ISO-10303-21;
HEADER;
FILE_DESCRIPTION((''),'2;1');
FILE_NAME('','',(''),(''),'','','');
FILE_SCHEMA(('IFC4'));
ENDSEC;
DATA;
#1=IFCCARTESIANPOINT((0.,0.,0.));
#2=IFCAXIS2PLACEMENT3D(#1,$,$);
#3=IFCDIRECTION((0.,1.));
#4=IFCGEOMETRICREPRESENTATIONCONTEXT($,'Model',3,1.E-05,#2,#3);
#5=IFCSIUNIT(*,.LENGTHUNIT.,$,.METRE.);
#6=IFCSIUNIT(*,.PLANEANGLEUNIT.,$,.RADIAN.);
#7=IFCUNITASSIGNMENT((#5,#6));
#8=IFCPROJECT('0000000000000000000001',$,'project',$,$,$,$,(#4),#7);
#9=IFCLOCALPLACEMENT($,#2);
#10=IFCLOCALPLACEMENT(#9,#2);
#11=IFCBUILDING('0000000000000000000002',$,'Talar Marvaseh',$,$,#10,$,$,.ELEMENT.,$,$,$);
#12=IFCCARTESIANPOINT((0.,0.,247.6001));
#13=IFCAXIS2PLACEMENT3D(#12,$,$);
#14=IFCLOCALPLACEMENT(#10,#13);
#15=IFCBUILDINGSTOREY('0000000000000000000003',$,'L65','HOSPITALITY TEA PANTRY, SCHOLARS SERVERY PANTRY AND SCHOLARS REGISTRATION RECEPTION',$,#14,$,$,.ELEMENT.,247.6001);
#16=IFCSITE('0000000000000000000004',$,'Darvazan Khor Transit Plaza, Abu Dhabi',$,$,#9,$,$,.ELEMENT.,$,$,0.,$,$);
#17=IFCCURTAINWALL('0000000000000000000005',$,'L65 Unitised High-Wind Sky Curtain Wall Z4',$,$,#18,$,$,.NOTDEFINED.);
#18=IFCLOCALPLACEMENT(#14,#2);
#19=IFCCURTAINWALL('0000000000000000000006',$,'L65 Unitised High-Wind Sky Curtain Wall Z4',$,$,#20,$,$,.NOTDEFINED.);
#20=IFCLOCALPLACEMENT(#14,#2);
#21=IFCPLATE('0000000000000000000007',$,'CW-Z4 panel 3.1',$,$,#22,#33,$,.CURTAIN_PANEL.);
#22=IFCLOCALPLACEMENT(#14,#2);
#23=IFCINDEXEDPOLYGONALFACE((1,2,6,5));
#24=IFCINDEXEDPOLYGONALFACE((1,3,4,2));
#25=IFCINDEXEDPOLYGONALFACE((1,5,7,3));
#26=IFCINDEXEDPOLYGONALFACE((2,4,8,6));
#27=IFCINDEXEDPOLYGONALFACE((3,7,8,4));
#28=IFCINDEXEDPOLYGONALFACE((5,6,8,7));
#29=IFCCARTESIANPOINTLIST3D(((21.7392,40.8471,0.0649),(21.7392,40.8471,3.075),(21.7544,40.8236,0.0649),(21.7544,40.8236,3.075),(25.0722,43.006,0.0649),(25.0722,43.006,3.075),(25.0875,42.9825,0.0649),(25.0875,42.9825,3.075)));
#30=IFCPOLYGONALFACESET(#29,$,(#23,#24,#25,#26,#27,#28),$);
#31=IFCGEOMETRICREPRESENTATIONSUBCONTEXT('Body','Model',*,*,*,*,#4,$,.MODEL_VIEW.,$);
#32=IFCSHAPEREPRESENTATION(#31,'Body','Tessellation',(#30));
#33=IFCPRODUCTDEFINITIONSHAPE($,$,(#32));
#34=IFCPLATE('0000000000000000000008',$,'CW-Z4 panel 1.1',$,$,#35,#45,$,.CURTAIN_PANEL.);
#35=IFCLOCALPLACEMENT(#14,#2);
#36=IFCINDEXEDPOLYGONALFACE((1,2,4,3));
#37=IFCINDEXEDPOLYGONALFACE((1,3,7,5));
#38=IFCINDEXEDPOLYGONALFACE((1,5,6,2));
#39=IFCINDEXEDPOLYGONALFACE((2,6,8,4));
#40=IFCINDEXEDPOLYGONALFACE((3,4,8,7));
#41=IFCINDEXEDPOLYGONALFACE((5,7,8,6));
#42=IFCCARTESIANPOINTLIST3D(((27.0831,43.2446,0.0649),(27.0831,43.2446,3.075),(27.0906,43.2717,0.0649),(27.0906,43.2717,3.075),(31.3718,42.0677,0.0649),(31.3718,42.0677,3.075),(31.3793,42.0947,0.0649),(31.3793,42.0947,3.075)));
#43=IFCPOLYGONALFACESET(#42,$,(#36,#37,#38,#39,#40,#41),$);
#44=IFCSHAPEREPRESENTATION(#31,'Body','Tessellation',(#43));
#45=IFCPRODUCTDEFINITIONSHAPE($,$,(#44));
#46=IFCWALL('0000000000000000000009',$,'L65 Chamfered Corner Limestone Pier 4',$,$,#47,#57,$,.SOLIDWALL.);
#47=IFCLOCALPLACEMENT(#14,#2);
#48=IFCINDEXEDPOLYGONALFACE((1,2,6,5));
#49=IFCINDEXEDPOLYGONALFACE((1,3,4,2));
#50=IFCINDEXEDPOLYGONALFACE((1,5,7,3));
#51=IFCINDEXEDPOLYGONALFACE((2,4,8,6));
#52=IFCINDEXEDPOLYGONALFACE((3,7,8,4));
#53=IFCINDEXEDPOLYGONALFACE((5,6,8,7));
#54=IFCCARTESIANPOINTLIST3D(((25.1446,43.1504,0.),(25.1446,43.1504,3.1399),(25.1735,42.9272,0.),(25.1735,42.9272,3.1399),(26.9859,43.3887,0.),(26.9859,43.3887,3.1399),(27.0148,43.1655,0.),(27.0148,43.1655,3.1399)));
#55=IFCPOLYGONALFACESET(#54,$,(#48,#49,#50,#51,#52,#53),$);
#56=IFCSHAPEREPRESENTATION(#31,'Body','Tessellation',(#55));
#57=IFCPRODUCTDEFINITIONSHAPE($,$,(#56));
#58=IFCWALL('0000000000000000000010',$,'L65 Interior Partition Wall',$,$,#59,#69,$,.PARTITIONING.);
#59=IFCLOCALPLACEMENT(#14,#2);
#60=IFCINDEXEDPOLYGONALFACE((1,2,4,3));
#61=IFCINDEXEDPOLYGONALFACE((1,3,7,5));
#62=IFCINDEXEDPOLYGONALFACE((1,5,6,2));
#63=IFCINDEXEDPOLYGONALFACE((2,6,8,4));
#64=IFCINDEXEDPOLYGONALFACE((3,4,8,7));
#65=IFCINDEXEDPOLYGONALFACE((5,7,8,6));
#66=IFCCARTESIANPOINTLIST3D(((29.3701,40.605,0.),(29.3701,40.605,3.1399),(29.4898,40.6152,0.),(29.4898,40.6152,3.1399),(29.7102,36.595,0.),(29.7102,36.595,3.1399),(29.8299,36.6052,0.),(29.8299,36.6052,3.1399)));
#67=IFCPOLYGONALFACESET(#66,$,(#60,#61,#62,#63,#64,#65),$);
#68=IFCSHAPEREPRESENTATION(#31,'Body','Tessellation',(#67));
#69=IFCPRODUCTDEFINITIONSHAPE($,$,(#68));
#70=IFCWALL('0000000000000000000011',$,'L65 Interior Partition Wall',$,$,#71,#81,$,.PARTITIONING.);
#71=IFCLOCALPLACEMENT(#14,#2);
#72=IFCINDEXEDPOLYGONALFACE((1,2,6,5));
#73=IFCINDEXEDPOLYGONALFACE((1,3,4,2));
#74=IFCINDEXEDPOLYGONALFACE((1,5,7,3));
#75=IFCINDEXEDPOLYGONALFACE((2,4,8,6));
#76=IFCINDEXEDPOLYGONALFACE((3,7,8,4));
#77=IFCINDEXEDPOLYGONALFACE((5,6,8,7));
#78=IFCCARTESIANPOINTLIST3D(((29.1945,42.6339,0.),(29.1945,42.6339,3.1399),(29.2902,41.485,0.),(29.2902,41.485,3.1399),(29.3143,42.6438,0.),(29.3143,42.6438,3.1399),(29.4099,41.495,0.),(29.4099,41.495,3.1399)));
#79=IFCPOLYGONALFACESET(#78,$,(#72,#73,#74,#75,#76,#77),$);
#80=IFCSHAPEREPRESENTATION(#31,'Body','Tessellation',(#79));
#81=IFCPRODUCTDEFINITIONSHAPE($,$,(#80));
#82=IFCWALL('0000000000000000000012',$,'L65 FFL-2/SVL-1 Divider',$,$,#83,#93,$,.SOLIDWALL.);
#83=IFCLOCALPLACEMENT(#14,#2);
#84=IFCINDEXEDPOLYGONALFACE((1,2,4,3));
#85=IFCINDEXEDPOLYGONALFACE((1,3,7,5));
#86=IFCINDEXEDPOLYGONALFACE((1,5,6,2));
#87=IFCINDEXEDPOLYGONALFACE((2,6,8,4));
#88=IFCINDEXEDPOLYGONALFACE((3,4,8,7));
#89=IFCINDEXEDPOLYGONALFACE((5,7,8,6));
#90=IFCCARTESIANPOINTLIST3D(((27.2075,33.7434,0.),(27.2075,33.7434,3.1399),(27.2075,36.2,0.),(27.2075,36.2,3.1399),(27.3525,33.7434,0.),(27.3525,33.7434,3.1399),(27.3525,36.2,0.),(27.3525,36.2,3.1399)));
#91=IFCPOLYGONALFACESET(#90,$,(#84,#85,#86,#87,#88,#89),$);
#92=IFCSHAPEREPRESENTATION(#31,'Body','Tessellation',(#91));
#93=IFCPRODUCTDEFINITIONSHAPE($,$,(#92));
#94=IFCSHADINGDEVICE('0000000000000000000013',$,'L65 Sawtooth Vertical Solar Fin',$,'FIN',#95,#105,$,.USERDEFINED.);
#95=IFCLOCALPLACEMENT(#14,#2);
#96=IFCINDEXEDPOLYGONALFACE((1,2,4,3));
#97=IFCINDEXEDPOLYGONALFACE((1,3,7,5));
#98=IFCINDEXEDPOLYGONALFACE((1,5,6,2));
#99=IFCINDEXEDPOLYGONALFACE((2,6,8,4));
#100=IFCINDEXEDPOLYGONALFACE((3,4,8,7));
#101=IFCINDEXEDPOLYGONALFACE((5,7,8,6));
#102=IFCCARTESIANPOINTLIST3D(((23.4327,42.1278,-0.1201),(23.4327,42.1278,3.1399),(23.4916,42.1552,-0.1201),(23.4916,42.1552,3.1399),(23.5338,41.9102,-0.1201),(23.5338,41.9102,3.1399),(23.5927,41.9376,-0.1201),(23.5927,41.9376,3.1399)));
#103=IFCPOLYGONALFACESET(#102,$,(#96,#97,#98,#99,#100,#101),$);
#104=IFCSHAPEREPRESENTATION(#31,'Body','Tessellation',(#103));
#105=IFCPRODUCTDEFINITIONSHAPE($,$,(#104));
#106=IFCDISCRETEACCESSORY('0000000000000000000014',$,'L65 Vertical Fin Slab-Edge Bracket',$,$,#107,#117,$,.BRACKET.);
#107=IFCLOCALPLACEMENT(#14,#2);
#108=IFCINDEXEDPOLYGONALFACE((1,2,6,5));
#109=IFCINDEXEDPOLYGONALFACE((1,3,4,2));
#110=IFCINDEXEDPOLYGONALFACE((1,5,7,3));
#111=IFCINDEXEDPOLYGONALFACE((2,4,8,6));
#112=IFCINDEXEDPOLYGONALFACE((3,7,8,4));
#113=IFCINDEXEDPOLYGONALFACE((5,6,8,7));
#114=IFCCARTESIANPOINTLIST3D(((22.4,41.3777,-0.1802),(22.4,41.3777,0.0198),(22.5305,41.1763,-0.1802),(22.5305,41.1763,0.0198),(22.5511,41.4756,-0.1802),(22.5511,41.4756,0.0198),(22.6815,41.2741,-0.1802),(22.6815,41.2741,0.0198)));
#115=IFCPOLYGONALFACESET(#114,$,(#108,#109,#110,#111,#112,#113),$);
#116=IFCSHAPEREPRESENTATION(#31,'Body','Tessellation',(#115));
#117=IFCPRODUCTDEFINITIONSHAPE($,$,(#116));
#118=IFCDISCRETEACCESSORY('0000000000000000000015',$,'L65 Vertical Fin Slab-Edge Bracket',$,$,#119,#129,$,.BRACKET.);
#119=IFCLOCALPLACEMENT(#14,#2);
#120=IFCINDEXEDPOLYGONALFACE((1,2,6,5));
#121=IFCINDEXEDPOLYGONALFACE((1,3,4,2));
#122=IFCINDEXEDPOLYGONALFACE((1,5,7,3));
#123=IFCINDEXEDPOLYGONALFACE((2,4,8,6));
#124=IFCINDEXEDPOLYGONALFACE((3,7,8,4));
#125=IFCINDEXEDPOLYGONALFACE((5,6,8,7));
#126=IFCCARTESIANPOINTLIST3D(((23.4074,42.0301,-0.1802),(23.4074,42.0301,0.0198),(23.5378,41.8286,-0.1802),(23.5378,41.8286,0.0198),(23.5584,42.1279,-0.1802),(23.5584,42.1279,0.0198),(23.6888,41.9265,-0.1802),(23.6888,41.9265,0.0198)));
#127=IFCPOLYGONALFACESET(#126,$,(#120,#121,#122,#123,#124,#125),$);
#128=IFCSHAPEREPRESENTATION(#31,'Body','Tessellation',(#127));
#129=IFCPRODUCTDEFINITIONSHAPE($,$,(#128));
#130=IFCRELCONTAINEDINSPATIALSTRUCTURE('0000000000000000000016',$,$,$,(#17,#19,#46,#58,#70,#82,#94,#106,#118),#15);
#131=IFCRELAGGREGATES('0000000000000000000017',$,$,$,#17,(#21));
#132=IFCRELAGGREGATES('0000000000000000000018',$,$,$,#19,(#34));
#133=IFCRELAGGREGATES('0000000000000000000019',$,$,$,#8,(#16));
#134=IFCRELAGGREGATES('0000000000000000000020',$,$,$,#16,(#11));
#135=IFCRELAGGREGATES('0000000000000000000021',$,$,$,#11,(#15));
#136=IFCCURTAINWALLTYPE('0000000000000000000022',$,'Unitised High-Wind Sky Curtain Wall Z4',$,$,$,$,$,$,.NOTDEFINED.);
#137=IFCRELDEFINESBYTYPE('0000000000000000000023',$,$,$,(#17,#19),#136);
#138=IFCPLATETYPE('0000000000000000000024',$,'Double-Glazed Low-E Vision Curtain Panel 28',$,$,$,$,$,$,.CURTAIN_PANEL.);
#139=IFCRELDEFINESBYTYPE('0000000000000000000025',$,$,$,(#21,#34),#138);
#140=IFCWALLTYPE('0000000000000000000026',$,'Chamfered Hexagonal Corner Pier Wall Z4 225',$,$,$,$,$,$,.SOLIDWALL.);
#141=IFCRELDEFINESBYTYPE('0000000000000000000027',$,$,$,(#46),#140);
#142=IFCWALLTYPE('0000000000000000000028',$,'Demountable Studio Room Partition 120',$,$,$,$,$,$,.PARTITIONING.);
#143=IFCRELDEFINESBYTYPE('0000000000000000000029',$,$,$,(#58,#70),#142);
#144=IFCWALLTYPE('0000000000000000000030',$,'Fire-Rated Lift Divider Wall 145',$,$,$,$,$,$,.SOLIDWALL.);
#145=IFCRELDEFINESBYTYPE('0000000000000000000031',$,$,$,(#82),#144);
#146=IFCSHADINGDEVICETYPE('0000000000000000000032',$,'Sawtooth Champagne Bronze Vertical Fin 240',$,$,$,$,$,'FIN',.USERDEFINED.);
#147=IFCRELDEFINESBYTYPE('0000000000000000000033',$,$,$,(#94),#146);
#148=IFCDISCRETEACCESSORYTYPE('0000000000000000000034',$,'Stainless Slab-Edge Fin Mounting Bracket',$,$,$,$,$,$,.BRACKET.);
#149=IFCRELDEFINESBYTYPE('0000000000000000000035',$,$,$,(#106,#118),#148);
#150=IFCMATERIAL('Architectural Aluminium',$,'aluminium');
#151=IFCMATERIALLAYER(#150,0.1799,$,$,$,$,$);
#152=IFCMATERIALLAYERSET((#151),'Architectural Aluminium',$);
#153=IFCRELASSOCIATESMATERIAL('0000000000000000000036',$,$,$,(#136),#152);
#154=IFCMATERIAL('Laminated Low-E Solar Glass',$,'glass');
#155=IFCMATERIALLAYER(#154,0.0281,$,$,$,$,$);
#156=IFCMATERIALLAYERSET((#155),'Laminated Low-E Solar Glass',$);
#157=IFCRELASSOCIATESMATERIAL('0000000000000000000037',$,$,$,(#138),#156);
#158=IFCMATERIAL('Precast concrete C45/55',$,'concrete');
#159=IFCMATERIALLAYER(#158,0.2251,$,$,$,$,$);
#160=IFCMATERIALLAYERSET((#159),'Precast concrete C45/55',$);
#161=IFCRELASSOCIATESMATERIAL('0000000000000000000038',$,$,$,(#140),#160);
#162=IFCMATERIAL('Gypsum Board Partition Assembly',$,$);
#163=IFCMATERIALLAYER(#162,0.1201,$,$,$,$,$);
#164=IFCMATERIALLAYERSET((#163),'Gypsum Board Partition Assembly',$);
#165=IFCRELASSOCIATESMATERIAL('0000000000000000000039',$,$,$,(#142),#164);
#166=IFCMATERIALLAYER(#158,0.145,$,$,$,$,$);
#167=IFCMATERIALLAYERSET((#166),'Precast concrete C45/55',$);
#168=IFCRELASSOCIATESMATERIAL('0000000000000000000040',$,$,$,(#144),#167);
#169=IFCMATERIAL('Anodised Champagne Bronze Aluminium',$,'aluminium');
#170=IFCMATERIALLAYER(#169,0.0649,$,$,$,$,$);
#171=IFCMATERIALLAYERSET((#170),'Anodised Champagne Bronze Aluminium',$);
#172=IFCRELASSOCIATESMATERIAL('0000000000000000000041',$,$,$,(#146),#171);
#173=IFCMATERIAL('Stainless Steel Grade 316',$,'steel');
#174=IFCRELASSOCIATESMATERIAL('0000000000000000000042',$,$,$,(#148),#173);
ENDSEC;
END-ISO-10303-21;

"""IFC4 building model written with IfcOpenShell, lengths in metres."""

from ifc_helpers import new_model, si_unit, direction, frame, frame_2d, origin, origin_2d, place, context, subcontext, project, spatial, rectangle, extrude, source, transform, mapped, material, layer, layer_set, type_object, type_shapes, element, aggregate, save


model = new_model("IFC4")

# Units and contexts
model_context = context("Model", 3, precision=1e-05, world=origin(), true_north=direction((0.0, 1.0)))
body_context = subcontext(model_context, "Body", "Model", "MODEL_VIEW")
ifc_project = project(units=[si_unit("LENGTHUNIT", "METRE"), si_unit("PLANEANGLEUNIT", "RADIAN")], contexts=[model_context])

# Site, building, storey
site_placement = place(None, origin())
site = spatial("IfcSite", under=ifc_project, at=site_placement, Name="Darvazan Khor Transit Plaza, Abu Dhabi", CompositionType="ELEMENT", RefElevation=0.0)
building_placement = place(site_placement, origin())
building = spatial("IfcBuilding", under=site, at=building_placement, Name="Talar Marvaseh", CompositionType="ELEMENT")
storey_placement = place(building_placement, frame((0.0, 0.0, 247.6001)))
storey = spatial("IfcBuildingStorey", under=building, at=storey_placement, Name="L65", Description="HOSPITALITY TEA PANTRY, SCHOLARS SERVERY PANTRY AND SCHOLARS REGISTRATION RECEPTION", CompositionType="ELEMENT", Elevation=247.6001)

# Curtain wall
ifc_material_1 = material(Name="Architectural Aluminium", Category="aluminium")
ifc_layer_1 = layer(ifc_material_1, 0.1799)
ifc_layer_set_1 = layer_set([ifc_layer_1], Name="Architectural Aluminium")
curtain_wall_type = type_object("IfcCurtainWallType", Name="Unitised High-Wind Sky Curtain Wall Z4", PredefinedType="NOTDEFINED", material=ifc_layer_set_1)
curtain_wall_1_placement = place(storey_placement, origin())
curtain_wall_1 = element("IfcCurtainWall", 1, at=curtain_wall_1_placement, inside=storey, type_object=curtain_wall_type, Name="L65 Unitised High-Wind Sky Curtain Wall Z4", PredefinedType="NOTDEFINED")

# Curtain wall
curtain_wall_2_placement = place(storey_placement, origin())
curtain_wall_2 = element("IfcCurtainWall", 2, at=curtain_wall_2_placement, inside=storey, type_object=curtain_wall_type, Name="L65 Unitised High-Wind Sky Curtain Wall Z4", PredefinedType="NOTDEFINED")

# Plates
ifc_material_2 = material(Name="Laminated Low-E Solar Glass", Category="glass")
ifc_layer_2 = layer(ifc_material_2, 0.0281)
ifc_layer_set_2 = layer_set([ifc_layer_2], Name="Laminated Low-E Solar Glass")
plate_type = type_object("IfcPlateType", Name="Double-Glazed Low-E Vision Curtain Panel 28", PredefinedType="CURTAIN_PANEL", material=ifc_layer_set_2)
shared_shape_1 = source(origin(), body_context, "Body", "SweptSolid", [
    extrude(rectangle(XDim=3.9712, YDim=0.0281, at=origin_2d()), origin(), (0.0, 0.0, 1.0), 3.01),
])
plate_1_placement = place(storey_placement, frame((23.4133, 41.9148, 0.0649), z_axis=(0.0, 0.0, 1.0), x_axis=(0.839314, 0.543646, 0.0)))
plate_1 = element("IfcPlate", 3, at=plate_1_placement, type_object=plate_type, Name="CW-Z4 panel 3.1", PredefinedType="CURTAIN_PANEL", context=body_context, shape_type="MappedRepresentation", body=[
    mapped(shared_shape_1, transform((0.0, 0.0, 0.0), x_axis=(1.0, 0.0, 0.0), y_axis=(0.0, 1.0, 0.0), z_axis=(0.0, 0.0, 1.0), scale=1.0)),
])
aggregate(curtain_wall_1, [plate_1])
shared_shape_2 = source(origin(), body_context, "Body", "SweptSolid", [
    extrude(rectangle(XDim=4.4473, YDim=0.0281, at=origin_2d()), origin(), (0.0, 0.0, 1.0), 3.01),
])
type_shapes(plate_type, [shared_shape_1, shared_shape_2])
plate_2_placement = place(storey_placement, frame((29.2312, 42.6697, 0.0649), z_axis=(0.0, 0.0, 1.0), x_axis=(0.964345, -0.264649, 0.0)))
plate_2 = element("IfcPlate", 4, at=plate_2_placement, type_object=plate_type, Name="CW-Z4 panel 1.1", PredefinedType="CURTAIN_PANEL", context=body_context, shape_type="MappedRepresentation", body=[
    mapped(shared_shape_2, transform((0.0, 0.0, 0.0), x_axis=(1.0, 0.0, 0.0), y_axis=(0.0, 1.0, 0.0), z_axis=(0.0, 0.0, 1.0), scale=1.0)),
])
aggregate(curtain_wall_2, [plate_2])

# Walls
ifc_material_3 = material(Name="Precast concrete C45/55", Category="concrete")
ifc_layer_3 = layer(ifc_material_3, 0.2251)
ifc_layer_set_3 = layer_set([ifc_layer_3], Name="Precast concrete C45/55")
wall_type_1 = type_object("IfcWallType", Name="Chamfered Hexagonal Corner Pier Wall Z4 225", PredefinedType="SOLIDWALL", material=ifc_layer_set_3)
wall_1_placement = place(storey_placement, frame((25.1592, 43.0388, 0.0), z_axis=(0.0, 0.0, 1.0), x_axis=(0.99173, 0.128338, 0.0)))
element("IfcWall", 5, at=wall_1_placement, inside=storey, type_object=wall_type_1, Name="L65 Chamfered Corner Limestone Pier 4", PredefinedType="SOLIDWALL", context=body_context, shape_type="SweptSolid", body=[
    extrude(rectangle(XDim=1.8567, YDim=0.2251, at=frame_2d((0.9282, 0.0))), origin(), (0.0, 0.0, 1.0), 3.1399),
])
ifc_material_4 = material(Name="Gypsum Board Partition Assembly")
ifc_layer_4 = layer(ifc_material_4, 0.1201)
ifc_layer_set_4 = layer_set([ifc_layer_4], Name="Gypsum Board Partition Assembly")
wall_type_2 = type_object("IfcWallType", Name="Demountable Studio Room Partition 120", PredefinedType="PARTITIONING", material=ifc_layer_set_4)
wall_2_placement = place(storey_placement, frame((29.77, 36.6001, 0.0), z_axis=(0.0, 0.0, 1.0), x_axis=(-0.084506, 0.996423, 0.0)))
element("IfcWall", 6, at=wall_2_placement, inside=storey, type_object=wall_type_2, Name="L65 Interior Partition Wall", PredefinedType="PARTITIONING", context=body_context, shape_type="SweptSolid", body=[
    extrude(rectangle(XDim=4.0244, YDim=0.1201, at=frame_2d((2.0122, 0.0))), origin(), (0.0, 0.0, 1.0), 3.1399),
])
wall_3_placement = place(storey_placement, frame((29.3501, 41.49, 0.0), z_axis=(0.0, 0.0, 1.0), x_axis=(-0.08301, 0.996549, 0.0)))
element("IfcWall", 7, at=wall_3_placement, inside=storey, type_object=wall_type_2, Name="L65 Interior Partition Wall", PredefinedType="PARTITIONING", context=body_context, shape_type="SweptSolid", body=[
    extrude(rectangle(XDim=1.1528, YDim=0.1201, at=frame_2d((0.5764, 0.0))), origin(), (0.0, 0.0, 1.0), 3.1399),
])
ifc_layer_5 = layer(ifc_material_3, 0.145)
ifc_layer_set_5 = layer_set([ifc_layer_5], Name="Precast concrete C45/55")
wall_type_3 = type_object("IfcWallType", Name="Fire-Rated Lift Divider Wall 145", PredefinedType="SOLIDWALL", material=ifc_layer_set_5)
wall_4_placement = place(storey_placement, frame((27.28, 33.7434, 0.0), z_axis=(0.0, 0.0, 1.0), x_axis=(0.0, 1.0, 0.0)))
element("IfcWall", 8, at=wall_4_placement, inside=storey, type_object=wall_type_3, Name="L65 FFL-2/SVL-1 Divider", PredefinedType="SOLIDWALL", context=body_context, shape_type="SweptSolid", body=[
    extrude(rectangle(XDim=2.4565, YDim=0.145, at=frame_2d((1.2283, 0.0))), origin(), (0.0, 0.0, 1.0), 3.1399),
])

# Shading device
ifc_material_5 = material(Name="Anodised Champagne Bronze Aluminium", Category="aluminium")
ifc_layer_6 = layer(ifc_material_5, 0.0649)
ifc_layer_set_6 = layer_set([ifc_layer_6], Name="Anodised Champagne Bronze Aluminium")
shading_device_type = type_object("IfcShadingDeviceType", Name="Sawtooth Champagne Bronze Vertical Fin 240", ElementType="FIN", PredefinedType="USERDEFINED", material=ifc_layer_set_6)
shared_shape_3 = source(origin(), body_context, "Body", "SweptSolid", [
    extrude(rectangle(XDim=0.24, YDim=0.0649, at=origin_2d()), origin(), (0.0, 0.0, 1.0), 3.26),
])
type_shapes(shading_device_type, [shared_shape_3])
shading_device_placement = place(storey_placement, frame((23.5127, 42.0327, -0.1201), z_axis=(0.0, 0.0, 1.0), x_axis=(-0.421511, 0.906823, 0.0)))
element("IfcShadingDevice", 9, at=shading_device_placement, inside=storey, type_object=shading_device_type, Name="L65 Sawtooth Vertical Solar Fin", ObjectType="FIN", PredefinedType="USERDEFINED", context=body_context, shape_type="MappedRepresentation", body=[
    mapped(shared_shape_3, transform((0.0, 0.0, 0.0), x_axis=(1.0, 0.0, 0.0), y_axis=(0.0, 1.0, 0.0), z_axis=(0.0, 0.0, 1.0), scale=1.0)),
])

# Discrete accessories
ifc_material_6 = material(Name="Stainless Steel Grade 316", Category="steel")
discrete_accessory_type = type_object("IfcDiscreteAccessoryType", Name="Stainless Slab-Edge Fin Mounting Bracket", PredefinedType="BRACKET", material=ifc_material_6)
shared_shape_4 = source(origin(), body_context, "Body", "SweptSolid", [
    extrude(rectangle(XDim=0.24, YDim=0.1799, at=origin_2d()), origin(), (0.0, 0.0, 1.0), 0.2),
])
type_shapes(discrete_accessory_type, [shared_shape_4])
for number, where, z_axis, x_axis, name in (
    (10, (22.5408, 41.3259, -0.1802), (0.0, 0.0, 1.0), (-0.543614, 0.839335, 0.0), "L65 Vertical Fin Slab-Edge Bracket"),
    (11, (23.5481, 41.9783, -0.1802), (0.0, 0.0, 1.0), (-0.543614, 0.839335, 0.0), "L65 Vertical Fin Slab-Edge Bracket"),
):
    element("IfcDiscreteAccessory", number, at=place(storey_placement, frame(where, z_axis=z_axis, x_axis=x_axis)), inside=storey, type_object=discrete_accessory_type, Name=name, PredefinedType="BRACKET", context=body_context, shape_type="MappedRepresentation", body=[
        mapped(shared_shape_4, transform((0.0, 0.0, 0.0), x_axis=(1.0, 0.0, 0.0), y_axis=(0.0, 1.0, 0.0), z_axis=(0.0, 0.0, 1.0), scale=1.0)),
    ])

save(model, "model.ifc")
